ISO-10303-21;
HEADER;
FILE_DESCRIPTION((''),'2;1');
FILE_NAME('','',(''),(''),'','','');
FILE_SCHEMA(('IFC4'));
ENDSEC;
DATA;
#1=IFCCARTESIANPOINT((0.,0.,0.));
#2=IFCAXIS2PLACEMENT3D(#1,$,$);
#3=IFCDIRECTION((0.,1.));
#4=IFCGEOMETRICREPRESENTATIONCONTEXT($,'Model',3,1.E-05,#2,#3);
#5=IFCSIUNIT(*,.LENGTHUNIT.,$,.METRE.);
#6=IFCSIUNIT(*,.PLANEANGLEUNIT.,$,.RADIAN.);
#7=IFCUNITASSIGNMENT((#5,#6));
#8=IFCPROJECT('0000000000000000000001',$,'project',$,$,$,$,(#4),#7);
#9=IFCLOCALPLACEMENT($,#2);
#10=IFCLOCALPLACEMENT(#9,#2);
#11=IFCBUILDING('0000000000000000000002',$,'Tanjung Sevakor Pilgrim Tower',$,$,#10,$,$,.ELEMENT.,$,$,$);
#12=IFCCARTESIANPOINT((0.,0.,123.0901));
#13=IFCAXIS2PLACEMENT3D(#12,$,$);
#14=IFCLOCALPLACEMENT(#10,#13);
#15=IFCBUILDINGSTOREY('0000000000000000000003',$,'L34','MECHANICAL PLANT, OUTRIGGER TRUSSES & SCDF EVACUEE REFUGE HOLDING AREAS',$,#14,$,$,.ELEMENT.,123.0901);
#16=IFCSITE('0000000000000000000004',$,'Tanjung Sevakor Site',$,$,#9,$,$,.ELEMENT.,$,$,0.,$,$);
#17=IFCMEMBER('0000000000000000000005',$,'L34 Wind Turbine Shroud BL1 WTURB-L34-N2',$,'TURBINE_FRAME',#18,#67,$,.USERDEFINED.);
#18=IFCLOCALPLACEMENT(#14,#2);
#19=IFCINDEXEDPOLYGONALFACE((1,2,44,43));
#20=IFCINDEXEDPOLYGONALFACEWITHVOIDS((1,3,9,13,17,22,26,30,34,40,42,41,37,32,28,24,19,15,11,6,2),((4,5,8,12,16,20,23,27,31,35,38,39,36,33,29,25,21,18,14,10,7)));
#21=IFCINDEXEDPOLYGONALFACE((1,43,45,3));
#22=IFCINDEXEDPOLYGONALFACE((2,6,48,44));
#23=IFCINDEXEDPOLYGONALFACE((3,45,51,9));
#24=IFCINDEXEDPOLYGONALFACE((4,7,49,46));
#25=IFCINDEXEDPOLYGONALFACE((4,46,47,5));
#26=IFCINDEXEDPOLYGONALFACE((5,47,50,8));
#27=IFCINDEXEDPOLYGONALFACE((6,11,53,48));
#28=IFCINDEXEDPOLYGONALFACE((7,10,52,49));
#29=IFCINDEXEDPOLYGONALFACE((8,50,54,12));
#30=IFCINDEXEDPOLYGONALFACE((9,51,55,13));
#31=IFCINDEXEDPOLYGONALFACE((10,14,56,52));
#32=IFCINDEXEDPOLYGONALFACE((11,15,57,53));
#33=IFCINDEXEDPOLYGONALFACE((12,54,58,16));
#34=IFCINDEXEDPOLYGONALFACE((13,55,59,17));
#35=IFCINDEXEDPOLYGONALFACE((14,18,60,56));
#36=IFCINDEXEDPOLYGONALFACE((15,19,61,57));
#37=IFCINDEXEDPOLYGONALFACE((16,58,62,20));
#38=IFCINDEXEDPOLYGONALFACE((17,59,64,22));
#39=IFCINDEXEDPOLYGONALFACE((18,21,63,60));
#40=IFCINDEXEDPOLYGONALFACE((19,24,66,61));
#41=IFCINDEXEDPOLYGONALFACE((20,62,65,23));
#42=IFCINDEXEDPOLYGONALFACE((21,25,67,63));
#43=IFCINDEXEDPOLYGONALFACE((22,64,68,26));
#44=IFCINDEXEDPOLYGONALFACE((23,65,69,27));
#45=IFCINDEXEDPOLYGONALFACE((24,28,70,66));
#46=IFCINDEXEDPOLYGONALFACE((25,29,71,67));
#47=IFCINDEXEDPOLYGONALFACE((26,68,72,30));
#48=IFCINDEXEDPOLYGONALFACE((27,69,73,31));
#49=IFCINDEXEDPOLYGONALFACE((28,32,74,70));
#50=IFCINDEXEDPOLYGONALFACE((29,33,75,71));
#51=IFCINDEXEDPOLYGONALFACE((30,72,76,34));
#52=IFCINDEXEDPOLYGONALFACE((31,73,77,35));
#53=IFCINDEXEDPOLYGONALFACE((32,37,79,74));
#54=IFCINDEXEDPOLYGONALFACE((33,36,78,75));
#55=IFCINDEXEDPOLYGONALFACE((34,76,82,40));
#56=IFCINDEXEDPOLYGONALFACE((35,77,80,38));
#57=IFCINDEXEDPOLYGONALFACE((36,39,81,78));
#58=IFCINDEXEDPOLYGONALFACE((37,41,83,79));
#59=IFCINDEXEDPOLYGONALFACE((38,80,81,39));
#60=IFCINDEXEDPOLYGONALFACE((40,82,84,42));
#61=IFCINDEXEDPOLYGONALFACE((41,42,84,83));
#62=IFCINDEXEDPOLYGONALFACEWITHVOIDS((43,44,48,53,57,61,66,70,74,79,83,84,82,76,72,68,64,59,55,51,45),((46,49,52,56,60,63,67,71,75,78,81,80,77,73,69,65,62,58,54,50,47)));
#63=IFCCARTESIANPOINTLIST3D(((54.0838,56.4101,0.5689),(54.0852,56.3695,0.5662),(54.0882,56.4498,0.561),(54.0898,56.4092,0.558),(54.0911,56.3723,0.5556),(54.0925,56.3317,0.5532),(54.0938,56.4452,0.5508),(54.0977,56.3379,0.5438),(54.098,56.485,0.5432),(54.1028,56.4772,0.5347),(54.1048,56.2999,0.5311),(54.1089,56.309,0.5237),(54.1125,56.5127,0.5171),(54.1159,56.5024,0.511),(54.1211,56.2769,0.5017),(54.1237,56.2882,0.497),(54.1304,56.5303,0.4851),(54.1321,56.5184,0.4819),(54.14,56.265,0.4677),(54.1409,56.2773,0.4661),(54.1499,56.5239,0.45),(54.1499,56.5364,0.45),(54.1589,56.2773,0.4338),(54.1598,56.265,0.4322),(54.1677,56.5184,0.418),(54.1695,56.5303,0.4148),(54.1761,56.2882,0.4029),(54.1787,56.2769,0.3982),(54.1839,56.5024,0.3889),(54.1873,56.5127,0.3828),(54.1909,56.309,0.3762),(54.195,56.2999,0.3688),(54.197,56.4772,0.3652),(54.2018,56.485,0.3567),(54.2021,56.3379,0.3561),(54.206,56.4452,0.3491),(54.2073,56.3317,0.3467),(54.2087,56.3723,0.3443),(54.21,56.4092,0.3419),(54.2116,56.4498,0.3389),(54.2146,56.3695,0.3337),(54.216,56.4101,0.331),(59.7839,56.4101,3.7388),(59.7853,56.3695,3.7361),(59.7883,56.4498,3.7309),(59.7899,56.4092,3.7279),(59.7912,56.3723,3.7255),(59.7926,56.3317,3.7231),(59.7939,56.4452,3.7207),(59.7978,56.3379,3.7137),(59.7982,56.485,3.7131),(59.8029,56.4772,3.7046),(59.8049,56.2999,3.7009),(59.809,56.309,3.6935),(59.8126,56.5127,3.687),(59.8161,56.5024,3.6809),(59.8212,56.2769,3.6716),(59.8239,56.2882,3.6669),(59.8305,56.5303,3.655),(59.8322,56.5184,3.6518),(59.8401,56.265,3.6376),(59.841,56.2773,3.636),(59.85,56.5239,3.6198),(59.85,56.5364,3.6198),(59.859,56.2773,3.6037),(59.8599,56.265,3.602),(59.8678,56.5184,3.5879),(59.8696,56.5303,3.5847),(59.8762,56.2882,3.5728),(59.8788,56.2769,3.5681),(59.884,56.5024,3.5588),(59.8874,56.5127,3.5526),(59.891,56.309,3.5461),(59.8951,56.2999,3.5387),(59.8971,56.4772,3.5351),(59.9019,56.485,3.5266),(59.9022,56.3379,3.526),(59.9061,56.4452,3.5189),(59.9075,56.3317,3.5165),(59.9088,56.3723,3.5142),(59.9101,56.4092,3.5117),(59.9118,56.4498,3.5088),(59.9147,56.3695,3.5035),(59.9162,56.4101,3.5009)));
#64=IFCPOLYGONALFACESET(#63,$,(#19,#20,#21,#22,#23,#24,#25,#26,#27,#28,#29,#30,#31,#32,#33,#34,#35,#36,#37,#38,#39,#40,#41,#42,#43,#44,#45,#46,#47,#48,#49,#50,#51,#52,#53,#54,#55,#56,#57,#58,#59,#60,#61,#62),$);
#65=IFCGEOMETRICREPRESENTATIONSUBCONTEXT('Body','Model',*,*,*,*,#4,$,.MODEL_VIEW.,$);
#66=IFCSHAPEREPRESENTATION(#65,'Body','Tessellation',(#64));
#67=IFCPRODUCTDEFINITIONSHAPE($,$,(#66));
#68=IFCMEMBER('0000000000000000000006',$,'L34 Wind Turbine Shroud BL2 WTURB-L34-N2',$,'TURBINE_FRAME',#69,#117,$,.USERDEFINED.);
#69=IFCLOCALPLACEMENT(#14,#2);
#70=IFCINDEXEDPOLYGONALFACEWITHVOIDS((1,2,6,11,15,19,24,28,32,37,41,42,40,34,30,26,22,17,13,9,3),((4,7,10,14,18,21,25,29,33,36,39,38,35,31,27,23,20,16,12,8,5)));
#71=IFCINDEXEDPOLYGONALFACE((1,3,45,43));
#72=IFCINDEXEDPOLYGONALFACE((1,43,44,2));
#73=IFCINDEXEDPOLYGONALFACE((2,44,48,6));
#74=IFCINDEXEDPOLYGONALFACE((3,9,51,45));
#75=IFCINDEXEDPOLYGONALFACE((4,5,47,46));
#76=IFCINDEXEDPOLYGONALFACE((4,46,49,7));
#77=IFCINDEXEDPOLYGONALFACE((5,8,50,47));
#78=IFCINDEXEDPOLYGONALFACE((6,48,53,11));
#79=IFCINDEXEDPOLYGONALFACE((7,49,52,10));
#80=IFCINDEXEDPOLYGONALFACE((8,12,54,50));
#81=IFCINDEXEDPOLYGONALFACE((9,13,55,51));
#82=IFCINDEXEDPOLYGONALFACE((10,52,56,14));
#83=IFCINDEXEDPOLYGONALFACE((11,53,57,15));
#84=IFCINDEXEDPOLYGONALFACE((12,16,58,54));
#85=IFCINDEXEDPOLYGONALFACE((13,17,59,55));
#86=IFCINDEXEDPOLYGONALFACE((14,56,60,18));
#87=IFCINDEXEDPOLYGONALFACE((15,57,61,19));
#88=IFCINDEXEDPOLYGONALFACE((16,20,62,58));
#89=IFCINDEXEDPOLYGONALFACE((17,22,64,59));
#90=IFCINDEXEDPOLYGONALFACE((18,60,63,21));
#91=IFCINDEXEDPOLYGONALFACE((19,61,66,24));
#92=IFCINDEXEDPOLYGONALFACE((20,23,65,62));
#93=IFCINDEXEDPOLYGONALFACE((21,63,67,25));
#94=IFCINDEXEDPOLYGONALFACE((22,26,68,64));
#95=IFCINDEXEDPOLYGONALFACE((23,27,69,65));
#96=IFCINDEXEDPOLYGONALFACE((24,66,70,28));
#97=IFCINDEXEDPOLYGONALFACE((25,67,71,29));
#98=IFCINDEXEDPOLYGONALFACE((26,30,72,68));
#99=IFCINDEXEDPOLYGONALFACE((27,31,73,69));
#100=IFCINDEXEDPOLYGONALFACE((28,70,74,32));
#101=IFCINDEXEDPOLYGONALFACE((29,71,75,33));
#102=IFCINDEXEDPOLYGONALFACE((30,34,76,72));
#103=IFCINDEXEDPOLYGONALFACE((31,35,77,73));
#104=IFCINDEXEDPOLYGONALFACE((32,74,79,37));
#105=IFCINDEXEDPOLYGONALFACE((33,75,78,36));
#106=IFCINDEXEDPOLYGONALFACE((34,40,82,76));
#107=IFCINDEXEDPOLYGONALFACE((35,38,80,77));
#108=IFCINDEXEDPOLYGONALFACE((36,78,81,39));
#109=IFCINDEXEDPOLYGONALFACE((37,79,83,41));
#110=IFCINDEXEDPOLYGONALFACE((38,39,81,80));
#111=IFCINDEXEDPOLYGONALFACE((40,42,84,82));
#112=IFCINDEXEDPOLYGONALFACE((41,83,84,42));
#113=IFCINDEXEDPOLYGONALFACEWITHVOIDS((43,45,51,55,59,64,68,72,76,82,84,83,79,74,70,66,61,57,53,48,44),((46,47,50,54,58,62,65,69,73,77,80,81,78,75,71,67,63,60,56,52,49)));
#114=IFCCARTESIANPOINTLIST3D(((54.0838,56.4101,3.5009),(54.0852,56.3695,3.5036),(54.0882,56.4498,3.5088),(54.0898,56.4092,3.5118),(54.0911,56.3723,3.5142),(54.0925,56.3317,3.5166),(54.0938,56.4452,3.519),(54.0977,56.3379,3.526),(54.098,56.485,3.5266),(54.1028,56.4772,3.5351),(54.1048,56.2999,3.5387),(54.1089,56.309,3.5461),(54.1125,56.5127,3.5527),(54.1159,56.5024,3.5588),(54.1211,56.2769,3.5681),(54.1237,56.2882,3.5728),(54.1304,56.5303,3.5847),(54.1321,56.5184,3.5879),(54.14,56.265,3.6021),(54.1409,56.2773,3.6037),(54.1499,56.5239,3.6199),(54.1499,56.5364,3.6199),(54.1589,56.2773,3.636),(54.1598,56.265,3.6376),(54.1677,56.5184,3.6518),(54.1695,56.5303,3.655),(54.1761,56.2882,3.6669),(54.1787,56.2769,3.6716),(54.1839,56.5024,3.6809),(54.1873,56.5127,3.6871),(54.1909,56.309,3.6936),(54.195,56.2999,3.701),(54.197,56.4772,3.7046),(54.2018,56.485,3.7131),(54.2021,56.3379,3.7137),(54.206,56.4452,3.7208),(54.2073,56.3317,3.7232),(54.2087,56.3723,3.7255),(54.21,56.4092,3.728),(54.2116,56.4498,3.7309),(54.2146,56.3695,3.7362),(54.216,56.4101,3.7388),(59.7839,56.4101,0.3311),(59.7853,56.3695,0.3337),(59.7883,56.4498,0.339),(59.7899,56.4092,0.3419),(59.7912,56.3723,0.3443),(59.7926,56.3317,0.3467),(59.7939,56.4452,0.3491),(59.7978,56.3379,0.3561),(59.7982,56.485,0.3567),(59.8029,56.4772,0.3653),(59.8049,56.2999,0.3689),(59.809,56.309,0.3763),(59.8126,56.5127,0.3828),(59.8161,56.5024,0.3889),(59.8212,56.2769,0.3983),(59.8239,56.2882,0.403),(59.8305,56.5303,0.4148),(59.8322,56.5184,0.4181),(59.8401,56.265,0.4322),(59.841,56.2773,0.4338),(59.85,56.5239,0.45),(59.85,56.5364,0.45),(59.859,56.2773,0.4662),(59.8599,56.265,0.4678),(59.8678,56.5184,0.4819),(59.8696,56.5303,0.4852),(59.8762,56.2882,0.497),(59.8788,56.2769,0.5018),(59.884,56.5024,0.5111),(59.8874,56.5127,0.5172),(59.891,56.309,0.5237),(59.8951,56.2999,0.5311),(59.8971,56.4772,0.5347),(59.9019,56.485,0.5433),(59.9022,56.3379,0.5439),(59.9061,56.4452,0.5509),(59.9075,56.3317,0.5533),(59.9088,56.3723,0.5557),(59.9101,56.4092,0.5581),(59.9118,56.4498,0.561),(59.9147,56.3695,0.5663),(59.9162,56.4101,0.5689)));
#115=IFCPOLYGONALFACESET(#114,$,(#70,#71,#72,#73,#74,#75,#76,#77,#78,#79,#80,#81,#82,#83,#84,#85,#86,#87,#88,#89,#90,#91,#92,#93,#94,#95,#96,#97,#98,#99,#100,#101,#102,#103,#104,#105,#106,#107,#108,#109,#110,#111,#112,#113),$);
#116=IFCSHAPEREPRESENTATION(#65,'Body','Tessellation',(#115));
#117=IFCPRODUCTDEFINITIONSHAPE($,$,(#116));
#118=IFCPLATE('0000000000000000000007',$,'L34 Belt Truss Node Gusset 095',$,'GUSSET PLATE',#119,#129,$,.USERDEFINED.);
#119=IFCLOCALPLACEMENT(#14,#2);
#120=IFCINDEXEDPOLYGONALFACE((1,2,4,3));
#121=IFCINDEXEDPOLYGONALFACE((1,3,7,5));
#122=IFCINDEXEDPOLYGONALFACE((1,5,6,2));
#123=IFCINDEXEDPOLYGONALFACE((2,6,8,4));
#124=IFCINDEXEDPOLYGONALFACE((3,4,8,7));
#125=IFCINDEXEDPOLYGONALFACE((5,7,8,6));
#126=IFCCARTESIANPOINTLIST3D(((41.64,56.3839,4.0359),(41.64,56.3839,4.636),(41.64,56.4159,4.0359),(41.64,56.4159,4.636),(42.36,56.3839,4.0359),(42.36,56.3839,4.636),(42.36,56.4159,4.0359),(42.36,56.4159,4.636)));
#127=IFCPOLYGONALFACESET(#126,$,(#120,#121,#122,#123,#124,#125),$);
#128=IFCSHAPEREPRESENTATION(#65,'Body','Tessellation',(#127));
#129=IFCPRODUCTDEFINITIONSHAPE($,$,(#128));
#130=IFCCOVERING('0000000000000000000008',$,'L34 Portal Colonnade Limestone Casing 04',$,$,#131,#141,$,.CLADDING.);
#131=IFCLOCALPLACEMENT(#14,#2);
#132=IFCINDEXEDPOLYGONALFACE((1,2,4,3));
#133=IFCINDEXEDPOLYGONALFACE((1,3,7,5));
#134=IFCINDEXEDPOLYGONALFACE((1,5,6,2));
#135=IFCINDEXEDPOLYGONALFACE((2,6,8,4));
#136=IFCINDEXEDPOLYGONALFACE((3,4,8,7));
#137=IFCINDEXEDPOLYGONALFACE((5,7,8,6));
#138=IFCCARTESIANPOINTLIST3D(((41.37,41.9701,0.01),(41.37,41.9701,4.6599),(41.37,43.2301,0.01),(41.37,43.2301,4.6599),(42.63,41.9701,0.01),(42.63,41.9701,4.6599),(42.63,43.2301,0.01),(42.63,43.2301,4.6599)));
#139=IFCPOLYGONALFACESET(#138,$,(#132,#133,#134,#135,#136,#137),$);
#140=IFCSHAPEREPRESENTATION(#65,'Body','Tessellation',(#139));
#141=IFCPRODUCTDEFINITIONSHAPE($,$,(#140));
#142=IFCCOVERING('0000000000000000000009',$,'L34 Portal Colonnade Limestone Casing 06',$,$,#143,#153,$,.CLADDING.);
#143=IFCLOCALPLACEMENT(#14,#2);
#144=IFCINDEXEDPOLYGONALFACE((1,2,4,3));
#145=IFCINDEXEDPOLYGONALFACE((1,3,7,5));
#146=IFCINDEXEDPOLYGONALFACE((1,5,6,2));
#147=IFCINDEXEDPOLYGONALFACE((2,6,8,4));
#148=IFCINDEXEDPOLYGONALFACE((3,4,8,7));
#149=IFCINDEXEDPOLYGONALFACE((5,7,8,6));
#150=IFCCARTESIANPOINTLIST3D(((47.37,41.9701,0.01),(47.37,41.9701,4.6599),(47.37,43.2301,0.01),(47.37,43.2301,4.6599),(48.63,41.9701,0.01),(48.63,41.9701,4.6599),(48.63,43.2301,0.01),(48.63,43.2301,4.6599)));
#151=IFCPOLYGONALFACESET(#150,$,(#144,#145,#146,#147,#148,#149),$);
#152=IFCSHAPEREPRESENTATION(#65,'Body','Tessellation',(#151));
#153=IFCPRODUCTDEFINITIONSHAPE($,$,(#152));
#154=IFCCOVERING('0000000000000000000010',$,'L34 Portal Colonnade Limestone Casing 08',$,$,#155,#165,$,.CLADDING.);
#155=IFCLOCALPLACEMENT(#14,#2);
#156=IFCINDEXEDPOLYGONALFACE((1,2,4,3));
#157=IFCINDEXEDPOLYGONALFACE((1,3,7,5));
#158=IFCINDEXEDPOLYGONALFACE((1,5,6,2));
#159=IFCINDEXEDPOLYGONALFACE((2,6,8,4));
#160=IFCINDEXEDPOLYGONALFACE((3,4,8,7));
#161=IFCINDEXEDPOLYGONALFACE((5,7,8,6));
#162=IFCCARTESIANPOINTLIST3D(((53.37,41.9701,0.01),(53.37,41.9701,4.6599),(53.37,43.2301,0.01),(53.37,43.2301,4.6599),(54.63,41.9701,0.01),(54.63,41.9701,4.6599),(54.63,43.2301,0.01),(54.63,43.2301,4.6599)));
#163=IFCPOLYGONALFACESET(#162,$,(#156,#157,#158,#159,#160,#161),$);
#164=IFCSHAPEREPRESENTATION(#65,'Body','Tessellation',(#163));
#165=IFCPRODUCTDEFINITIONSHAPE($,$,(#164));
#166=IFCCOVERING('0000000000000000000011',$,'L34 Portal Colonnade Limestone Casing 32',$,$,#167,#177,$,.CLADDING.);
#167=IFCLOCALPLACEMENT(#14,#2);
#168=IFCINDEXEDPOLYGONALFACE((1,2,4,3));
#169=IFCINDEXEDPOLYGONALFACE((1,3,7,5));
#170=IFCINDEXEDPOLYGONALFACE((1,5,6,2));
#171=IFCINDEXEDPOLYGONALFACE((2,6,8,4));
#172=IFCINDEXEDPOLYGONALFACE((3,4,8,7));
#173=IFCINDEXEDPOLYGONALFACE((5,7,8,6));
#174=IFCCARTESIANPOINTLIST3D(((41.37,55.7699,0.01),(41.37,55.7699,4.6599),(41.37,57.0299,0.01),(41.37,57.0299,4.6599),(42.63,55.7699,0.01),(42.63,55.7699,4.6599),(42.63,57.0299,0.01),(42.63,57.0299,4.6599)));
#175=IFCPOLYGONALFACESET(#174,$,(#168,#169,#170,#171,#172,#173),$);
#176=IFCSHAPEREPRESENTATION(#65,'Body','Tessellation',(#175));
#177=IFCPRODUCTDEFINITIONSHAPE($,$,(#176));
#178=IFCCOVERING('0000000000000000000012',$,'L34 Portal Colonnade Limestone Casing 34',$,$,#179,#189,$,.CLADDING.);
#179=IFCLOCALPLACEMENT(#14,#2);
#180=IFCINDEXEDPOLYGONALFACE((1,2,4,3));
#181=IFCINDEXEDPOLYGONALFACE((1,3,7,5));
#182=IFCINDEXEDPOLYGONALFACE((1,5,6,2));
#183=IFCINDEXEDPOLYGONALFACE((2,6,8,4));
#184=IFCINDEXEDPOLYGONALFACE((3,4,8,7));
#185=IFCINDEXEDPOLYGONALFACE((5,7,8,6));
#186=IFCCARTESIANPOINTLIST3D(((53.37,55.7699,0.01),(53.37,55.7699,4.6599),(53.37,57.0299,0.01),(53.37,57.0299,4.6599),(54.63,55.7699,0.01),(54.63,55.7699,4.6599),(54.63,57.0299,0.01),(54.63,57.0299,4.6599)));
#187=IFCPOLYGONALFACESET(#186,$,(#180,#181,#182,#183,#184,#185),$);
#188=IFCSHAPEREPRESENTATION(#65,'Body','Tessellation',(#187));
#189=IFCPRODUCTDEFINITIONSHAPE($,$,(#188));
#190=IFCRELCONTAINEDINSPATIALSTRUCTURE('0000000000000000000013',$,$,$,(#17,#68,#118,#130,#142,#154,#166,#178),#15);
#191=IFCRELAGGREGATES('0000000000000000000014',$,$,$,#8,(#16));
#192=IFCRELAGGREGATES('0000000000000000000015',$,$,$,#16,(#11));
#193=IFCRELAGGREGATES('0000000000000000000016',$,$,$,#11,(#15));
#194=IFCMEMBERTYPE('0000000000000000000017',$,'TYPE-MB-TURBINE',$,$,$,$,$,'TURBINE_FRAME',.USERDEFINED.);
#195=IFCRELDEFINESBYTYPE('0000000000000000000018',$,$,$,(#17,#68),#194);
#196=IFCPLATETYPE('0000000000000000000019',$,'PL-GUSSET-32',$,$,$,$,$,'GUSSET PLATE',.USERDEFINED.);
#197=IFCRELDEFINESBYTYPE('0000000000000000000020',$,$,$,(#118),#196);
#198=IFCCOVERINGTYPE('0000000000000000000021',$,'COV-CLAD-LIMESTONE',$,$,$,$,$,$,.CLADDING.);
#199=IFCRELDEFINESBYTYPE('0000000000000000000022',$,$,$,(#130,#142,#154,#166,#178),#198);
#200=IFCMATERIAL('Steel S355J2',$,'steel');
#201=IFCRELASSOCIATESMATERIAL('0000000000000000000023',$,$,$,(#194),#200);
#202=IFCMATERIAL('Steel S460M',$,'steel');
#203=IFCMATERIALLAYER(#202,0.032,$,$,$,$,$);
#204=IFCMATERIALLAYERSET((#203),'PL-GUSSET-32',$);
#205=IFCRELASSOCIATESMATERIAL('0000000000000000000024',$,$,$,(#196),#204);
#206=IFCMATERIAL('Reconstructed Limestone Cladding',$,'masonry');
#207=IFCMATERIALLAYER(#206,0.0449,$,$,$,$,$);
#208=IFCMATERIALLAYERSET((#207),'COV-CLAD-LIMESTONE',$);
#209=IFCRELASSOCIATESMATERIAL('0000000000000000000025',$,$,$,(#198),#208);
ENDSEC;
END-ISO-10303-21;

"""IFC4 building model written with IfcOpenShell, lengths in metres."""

from ifc_helpers import new_model, si_unit, direction, frame, origin, origin_2d, place, context, subcontext, project, spatial, rectangle, hollow_circle, extrude, material, layer, layer_set, material_profile, profile_set, type_object, element, save


model = new_model("IFC4")

# Units and contexts
model_context = context("Model", 3, precision=1e-05, world=origin(), true_north=direction((0.0, 1.0)))
body_context = subcontext(model_context, "Body", "Model", "MODEL_VIEW")
ifc_project = project(units=[si_unit("LENGTHUNIT", "METRE"), si_unit("PLANEANGLEUNIT", "RADIAN")], contexts=[model_context])

# Site, building, storey
site_placement = place(None, origin())
site = spatial("IfcSite", under=ifc_project, at=site_placement, Name="Tanjung Sevakor Site", CompositionType="ELEMENT", RefElevation=0.0)
building_placement = place(site_placement, origin())
building = spatial("IfcBuilding", under=site, at=building_placement, Name="Tanjung Sevakor Pilgrim Tower", CompositionType="ELEMENT")
storey_placement = place(building_placement, frame((0.0, 0.0, 123.0901)))
storey = spatial("IfcBuildingStorey", under=building, at=storey_placement, Name="L34", Description="MECHANICAL PLANT, OUTRIGGER TRUSSES & SCDF EVACUEE REFUGE HOLDING AREAS", CompositionType="ELEMENT", Elevation=123.0901)

# Members
ifc_material_1 = material(Name="Steel S355J2", Category="steel")
ifc_material_profile_1 = material_profile(ifc_material_1, hollow_circle(Radius=0.1365, WallThickness=0.0125, at=origin_2d()))
ifc_profile_set_1 = profile_set([ifc_material_profile_1], Name="Steel S355J2")
member_type = type_object("IfcMemberType", Name="TYPE-MB-TURBINE", ElementType="TURBINE_FRAME", PredefinedType="USERDEFINED", material=ifc_profile_set_1)
for number, where, z_axis, x_axis, name in (
    (1, (54.1499, 56.3999, 0.45), (0.873952, 0.0, 0.486012), (0.0, 1.0, 0.0), "L34 Wind Turbine Shroud BL1 WTURB-L34-N2"),
    (2, (54.1499, 56.3999, 3.6199), (0.873952, 0.0, -0.486012), (0.0, 1.0, 0.0), "L34 Wind Turbine Shroud BL2 WTURB-L34-N2"),
):
    element("IfcMember", number, at=place(storey_placement, frame(where, z_axis=z_axis, x_axis=x_axis)), inside=storey, type_object=member_type, Name=name, ObjectType="TURBINE_FRAME", PredefinedType="USERDEFINED", context=body_context, shape_type="SweptSolid", body=[
        extrude(hollow_circle(Radius=0.1365, WallThickness=0.0125, at=origin_2d()), origin(), (0.0, 0.0, 1.0), 6.5222),
    ])

# Plate
ifc_material_2 = material(Name="Steel S460M", Category="steel")
ifc_layer_1 = layer(ifc_material_2, 0.032)
ifc_layer_set_1 = layer_set([ifc_layer_1], Name="PL-GUSSET-32")
plate_type = type_object("IfcPlateType", Name="PL-GUSSET-32", ElementType="GUSSET PLATE", PredefinedType="USERDEFINED", material=ifc_layer_set_1)
plate_placement = place(storey_placement, frame((42.0, 56.3999, 4.0359), z_axis=(0.0, 0.0, 1.0), x_axis=(1.0, 0.0, 0.0)))
element("IfcPlate", 3, at=plate_placement, inside=storey, type_object=plate_type, Name="L34 Belt Truss Node Gusset 095", ObjectType="GUSSET PLATE", PredefinedType="USERDEFINED", context=body_context, shape_type="SweptSolid", body=[
    extrude(rectangle(XDim=0.72, YDim=0.032, at=origin_2d()), origin(), (0.0, 0.0, 1.0), 0.6001),
])

# Coverings
ifc_material_3 = material(Name="Reconstructed Limestone Cladding", Category="masonry")
ifc_layer_2 = layer(ifc_material_3, 0.0449)
ifc_layer_set_2 = layer_set([ifc_layer_2], Name="COV-CLAD-LIMESTONE")
covering_type = type_object("IfcCoveringType", Name="COV-CLAD-LIMESTONE", PredefinedType="CLADDING", material=ifc_layer_set_2)
for number, where, z_axis, x_axis, name in (
    (4, (42.0, 42.6001, 0.01), (0.0, 0.0, 1.0), (1.0, 0.0, 0.0), "L34 Portal Colonnade Limestone Casing 04"),
    (5, (48.0, 42.6001, 0.01), (0.0, 0.0, 1.0), (1.0, 0.0, 0.0), "L34 Portal Colonnade Limestone Casing 06"),
    (6, (54.0, 42.6001, 0.01), (0.0, 0.0, 1.0), (1.0, 0.0, 0.0), "L34 Portal Colonnade Limestone Casing 08"),
    (7, (42.0, 56.3999, 0.01), (0.0, 0.0, 1.0), (1.0, 0.0, 0.0), "L34 Portal Colonnade Limestone Casing 32"),
    (8, (54.0, 56.3999, 0.01), (0.0, 0.0, 1.0), (1.0, 0.0, 0.0), "L34 Portal Colonnade Limestone Casing 34"),
):
    element("IfcCovering", number, at=place(storey_placement, frame(where, z_axis=z_axis, x_axis=x_axis)), inside=storey, type_object=covering_type, Name=name, PredefinedType="CLADDING", context=body_context, shape_type="SweptSolid", body=[
        extrude(rectangle(XDim=1.26, YDim=1.26, at=origin_2d()), origin(), (0.0, 0.0, 1.0), 4.6499),
    ])

save(model, "model.ifc")
